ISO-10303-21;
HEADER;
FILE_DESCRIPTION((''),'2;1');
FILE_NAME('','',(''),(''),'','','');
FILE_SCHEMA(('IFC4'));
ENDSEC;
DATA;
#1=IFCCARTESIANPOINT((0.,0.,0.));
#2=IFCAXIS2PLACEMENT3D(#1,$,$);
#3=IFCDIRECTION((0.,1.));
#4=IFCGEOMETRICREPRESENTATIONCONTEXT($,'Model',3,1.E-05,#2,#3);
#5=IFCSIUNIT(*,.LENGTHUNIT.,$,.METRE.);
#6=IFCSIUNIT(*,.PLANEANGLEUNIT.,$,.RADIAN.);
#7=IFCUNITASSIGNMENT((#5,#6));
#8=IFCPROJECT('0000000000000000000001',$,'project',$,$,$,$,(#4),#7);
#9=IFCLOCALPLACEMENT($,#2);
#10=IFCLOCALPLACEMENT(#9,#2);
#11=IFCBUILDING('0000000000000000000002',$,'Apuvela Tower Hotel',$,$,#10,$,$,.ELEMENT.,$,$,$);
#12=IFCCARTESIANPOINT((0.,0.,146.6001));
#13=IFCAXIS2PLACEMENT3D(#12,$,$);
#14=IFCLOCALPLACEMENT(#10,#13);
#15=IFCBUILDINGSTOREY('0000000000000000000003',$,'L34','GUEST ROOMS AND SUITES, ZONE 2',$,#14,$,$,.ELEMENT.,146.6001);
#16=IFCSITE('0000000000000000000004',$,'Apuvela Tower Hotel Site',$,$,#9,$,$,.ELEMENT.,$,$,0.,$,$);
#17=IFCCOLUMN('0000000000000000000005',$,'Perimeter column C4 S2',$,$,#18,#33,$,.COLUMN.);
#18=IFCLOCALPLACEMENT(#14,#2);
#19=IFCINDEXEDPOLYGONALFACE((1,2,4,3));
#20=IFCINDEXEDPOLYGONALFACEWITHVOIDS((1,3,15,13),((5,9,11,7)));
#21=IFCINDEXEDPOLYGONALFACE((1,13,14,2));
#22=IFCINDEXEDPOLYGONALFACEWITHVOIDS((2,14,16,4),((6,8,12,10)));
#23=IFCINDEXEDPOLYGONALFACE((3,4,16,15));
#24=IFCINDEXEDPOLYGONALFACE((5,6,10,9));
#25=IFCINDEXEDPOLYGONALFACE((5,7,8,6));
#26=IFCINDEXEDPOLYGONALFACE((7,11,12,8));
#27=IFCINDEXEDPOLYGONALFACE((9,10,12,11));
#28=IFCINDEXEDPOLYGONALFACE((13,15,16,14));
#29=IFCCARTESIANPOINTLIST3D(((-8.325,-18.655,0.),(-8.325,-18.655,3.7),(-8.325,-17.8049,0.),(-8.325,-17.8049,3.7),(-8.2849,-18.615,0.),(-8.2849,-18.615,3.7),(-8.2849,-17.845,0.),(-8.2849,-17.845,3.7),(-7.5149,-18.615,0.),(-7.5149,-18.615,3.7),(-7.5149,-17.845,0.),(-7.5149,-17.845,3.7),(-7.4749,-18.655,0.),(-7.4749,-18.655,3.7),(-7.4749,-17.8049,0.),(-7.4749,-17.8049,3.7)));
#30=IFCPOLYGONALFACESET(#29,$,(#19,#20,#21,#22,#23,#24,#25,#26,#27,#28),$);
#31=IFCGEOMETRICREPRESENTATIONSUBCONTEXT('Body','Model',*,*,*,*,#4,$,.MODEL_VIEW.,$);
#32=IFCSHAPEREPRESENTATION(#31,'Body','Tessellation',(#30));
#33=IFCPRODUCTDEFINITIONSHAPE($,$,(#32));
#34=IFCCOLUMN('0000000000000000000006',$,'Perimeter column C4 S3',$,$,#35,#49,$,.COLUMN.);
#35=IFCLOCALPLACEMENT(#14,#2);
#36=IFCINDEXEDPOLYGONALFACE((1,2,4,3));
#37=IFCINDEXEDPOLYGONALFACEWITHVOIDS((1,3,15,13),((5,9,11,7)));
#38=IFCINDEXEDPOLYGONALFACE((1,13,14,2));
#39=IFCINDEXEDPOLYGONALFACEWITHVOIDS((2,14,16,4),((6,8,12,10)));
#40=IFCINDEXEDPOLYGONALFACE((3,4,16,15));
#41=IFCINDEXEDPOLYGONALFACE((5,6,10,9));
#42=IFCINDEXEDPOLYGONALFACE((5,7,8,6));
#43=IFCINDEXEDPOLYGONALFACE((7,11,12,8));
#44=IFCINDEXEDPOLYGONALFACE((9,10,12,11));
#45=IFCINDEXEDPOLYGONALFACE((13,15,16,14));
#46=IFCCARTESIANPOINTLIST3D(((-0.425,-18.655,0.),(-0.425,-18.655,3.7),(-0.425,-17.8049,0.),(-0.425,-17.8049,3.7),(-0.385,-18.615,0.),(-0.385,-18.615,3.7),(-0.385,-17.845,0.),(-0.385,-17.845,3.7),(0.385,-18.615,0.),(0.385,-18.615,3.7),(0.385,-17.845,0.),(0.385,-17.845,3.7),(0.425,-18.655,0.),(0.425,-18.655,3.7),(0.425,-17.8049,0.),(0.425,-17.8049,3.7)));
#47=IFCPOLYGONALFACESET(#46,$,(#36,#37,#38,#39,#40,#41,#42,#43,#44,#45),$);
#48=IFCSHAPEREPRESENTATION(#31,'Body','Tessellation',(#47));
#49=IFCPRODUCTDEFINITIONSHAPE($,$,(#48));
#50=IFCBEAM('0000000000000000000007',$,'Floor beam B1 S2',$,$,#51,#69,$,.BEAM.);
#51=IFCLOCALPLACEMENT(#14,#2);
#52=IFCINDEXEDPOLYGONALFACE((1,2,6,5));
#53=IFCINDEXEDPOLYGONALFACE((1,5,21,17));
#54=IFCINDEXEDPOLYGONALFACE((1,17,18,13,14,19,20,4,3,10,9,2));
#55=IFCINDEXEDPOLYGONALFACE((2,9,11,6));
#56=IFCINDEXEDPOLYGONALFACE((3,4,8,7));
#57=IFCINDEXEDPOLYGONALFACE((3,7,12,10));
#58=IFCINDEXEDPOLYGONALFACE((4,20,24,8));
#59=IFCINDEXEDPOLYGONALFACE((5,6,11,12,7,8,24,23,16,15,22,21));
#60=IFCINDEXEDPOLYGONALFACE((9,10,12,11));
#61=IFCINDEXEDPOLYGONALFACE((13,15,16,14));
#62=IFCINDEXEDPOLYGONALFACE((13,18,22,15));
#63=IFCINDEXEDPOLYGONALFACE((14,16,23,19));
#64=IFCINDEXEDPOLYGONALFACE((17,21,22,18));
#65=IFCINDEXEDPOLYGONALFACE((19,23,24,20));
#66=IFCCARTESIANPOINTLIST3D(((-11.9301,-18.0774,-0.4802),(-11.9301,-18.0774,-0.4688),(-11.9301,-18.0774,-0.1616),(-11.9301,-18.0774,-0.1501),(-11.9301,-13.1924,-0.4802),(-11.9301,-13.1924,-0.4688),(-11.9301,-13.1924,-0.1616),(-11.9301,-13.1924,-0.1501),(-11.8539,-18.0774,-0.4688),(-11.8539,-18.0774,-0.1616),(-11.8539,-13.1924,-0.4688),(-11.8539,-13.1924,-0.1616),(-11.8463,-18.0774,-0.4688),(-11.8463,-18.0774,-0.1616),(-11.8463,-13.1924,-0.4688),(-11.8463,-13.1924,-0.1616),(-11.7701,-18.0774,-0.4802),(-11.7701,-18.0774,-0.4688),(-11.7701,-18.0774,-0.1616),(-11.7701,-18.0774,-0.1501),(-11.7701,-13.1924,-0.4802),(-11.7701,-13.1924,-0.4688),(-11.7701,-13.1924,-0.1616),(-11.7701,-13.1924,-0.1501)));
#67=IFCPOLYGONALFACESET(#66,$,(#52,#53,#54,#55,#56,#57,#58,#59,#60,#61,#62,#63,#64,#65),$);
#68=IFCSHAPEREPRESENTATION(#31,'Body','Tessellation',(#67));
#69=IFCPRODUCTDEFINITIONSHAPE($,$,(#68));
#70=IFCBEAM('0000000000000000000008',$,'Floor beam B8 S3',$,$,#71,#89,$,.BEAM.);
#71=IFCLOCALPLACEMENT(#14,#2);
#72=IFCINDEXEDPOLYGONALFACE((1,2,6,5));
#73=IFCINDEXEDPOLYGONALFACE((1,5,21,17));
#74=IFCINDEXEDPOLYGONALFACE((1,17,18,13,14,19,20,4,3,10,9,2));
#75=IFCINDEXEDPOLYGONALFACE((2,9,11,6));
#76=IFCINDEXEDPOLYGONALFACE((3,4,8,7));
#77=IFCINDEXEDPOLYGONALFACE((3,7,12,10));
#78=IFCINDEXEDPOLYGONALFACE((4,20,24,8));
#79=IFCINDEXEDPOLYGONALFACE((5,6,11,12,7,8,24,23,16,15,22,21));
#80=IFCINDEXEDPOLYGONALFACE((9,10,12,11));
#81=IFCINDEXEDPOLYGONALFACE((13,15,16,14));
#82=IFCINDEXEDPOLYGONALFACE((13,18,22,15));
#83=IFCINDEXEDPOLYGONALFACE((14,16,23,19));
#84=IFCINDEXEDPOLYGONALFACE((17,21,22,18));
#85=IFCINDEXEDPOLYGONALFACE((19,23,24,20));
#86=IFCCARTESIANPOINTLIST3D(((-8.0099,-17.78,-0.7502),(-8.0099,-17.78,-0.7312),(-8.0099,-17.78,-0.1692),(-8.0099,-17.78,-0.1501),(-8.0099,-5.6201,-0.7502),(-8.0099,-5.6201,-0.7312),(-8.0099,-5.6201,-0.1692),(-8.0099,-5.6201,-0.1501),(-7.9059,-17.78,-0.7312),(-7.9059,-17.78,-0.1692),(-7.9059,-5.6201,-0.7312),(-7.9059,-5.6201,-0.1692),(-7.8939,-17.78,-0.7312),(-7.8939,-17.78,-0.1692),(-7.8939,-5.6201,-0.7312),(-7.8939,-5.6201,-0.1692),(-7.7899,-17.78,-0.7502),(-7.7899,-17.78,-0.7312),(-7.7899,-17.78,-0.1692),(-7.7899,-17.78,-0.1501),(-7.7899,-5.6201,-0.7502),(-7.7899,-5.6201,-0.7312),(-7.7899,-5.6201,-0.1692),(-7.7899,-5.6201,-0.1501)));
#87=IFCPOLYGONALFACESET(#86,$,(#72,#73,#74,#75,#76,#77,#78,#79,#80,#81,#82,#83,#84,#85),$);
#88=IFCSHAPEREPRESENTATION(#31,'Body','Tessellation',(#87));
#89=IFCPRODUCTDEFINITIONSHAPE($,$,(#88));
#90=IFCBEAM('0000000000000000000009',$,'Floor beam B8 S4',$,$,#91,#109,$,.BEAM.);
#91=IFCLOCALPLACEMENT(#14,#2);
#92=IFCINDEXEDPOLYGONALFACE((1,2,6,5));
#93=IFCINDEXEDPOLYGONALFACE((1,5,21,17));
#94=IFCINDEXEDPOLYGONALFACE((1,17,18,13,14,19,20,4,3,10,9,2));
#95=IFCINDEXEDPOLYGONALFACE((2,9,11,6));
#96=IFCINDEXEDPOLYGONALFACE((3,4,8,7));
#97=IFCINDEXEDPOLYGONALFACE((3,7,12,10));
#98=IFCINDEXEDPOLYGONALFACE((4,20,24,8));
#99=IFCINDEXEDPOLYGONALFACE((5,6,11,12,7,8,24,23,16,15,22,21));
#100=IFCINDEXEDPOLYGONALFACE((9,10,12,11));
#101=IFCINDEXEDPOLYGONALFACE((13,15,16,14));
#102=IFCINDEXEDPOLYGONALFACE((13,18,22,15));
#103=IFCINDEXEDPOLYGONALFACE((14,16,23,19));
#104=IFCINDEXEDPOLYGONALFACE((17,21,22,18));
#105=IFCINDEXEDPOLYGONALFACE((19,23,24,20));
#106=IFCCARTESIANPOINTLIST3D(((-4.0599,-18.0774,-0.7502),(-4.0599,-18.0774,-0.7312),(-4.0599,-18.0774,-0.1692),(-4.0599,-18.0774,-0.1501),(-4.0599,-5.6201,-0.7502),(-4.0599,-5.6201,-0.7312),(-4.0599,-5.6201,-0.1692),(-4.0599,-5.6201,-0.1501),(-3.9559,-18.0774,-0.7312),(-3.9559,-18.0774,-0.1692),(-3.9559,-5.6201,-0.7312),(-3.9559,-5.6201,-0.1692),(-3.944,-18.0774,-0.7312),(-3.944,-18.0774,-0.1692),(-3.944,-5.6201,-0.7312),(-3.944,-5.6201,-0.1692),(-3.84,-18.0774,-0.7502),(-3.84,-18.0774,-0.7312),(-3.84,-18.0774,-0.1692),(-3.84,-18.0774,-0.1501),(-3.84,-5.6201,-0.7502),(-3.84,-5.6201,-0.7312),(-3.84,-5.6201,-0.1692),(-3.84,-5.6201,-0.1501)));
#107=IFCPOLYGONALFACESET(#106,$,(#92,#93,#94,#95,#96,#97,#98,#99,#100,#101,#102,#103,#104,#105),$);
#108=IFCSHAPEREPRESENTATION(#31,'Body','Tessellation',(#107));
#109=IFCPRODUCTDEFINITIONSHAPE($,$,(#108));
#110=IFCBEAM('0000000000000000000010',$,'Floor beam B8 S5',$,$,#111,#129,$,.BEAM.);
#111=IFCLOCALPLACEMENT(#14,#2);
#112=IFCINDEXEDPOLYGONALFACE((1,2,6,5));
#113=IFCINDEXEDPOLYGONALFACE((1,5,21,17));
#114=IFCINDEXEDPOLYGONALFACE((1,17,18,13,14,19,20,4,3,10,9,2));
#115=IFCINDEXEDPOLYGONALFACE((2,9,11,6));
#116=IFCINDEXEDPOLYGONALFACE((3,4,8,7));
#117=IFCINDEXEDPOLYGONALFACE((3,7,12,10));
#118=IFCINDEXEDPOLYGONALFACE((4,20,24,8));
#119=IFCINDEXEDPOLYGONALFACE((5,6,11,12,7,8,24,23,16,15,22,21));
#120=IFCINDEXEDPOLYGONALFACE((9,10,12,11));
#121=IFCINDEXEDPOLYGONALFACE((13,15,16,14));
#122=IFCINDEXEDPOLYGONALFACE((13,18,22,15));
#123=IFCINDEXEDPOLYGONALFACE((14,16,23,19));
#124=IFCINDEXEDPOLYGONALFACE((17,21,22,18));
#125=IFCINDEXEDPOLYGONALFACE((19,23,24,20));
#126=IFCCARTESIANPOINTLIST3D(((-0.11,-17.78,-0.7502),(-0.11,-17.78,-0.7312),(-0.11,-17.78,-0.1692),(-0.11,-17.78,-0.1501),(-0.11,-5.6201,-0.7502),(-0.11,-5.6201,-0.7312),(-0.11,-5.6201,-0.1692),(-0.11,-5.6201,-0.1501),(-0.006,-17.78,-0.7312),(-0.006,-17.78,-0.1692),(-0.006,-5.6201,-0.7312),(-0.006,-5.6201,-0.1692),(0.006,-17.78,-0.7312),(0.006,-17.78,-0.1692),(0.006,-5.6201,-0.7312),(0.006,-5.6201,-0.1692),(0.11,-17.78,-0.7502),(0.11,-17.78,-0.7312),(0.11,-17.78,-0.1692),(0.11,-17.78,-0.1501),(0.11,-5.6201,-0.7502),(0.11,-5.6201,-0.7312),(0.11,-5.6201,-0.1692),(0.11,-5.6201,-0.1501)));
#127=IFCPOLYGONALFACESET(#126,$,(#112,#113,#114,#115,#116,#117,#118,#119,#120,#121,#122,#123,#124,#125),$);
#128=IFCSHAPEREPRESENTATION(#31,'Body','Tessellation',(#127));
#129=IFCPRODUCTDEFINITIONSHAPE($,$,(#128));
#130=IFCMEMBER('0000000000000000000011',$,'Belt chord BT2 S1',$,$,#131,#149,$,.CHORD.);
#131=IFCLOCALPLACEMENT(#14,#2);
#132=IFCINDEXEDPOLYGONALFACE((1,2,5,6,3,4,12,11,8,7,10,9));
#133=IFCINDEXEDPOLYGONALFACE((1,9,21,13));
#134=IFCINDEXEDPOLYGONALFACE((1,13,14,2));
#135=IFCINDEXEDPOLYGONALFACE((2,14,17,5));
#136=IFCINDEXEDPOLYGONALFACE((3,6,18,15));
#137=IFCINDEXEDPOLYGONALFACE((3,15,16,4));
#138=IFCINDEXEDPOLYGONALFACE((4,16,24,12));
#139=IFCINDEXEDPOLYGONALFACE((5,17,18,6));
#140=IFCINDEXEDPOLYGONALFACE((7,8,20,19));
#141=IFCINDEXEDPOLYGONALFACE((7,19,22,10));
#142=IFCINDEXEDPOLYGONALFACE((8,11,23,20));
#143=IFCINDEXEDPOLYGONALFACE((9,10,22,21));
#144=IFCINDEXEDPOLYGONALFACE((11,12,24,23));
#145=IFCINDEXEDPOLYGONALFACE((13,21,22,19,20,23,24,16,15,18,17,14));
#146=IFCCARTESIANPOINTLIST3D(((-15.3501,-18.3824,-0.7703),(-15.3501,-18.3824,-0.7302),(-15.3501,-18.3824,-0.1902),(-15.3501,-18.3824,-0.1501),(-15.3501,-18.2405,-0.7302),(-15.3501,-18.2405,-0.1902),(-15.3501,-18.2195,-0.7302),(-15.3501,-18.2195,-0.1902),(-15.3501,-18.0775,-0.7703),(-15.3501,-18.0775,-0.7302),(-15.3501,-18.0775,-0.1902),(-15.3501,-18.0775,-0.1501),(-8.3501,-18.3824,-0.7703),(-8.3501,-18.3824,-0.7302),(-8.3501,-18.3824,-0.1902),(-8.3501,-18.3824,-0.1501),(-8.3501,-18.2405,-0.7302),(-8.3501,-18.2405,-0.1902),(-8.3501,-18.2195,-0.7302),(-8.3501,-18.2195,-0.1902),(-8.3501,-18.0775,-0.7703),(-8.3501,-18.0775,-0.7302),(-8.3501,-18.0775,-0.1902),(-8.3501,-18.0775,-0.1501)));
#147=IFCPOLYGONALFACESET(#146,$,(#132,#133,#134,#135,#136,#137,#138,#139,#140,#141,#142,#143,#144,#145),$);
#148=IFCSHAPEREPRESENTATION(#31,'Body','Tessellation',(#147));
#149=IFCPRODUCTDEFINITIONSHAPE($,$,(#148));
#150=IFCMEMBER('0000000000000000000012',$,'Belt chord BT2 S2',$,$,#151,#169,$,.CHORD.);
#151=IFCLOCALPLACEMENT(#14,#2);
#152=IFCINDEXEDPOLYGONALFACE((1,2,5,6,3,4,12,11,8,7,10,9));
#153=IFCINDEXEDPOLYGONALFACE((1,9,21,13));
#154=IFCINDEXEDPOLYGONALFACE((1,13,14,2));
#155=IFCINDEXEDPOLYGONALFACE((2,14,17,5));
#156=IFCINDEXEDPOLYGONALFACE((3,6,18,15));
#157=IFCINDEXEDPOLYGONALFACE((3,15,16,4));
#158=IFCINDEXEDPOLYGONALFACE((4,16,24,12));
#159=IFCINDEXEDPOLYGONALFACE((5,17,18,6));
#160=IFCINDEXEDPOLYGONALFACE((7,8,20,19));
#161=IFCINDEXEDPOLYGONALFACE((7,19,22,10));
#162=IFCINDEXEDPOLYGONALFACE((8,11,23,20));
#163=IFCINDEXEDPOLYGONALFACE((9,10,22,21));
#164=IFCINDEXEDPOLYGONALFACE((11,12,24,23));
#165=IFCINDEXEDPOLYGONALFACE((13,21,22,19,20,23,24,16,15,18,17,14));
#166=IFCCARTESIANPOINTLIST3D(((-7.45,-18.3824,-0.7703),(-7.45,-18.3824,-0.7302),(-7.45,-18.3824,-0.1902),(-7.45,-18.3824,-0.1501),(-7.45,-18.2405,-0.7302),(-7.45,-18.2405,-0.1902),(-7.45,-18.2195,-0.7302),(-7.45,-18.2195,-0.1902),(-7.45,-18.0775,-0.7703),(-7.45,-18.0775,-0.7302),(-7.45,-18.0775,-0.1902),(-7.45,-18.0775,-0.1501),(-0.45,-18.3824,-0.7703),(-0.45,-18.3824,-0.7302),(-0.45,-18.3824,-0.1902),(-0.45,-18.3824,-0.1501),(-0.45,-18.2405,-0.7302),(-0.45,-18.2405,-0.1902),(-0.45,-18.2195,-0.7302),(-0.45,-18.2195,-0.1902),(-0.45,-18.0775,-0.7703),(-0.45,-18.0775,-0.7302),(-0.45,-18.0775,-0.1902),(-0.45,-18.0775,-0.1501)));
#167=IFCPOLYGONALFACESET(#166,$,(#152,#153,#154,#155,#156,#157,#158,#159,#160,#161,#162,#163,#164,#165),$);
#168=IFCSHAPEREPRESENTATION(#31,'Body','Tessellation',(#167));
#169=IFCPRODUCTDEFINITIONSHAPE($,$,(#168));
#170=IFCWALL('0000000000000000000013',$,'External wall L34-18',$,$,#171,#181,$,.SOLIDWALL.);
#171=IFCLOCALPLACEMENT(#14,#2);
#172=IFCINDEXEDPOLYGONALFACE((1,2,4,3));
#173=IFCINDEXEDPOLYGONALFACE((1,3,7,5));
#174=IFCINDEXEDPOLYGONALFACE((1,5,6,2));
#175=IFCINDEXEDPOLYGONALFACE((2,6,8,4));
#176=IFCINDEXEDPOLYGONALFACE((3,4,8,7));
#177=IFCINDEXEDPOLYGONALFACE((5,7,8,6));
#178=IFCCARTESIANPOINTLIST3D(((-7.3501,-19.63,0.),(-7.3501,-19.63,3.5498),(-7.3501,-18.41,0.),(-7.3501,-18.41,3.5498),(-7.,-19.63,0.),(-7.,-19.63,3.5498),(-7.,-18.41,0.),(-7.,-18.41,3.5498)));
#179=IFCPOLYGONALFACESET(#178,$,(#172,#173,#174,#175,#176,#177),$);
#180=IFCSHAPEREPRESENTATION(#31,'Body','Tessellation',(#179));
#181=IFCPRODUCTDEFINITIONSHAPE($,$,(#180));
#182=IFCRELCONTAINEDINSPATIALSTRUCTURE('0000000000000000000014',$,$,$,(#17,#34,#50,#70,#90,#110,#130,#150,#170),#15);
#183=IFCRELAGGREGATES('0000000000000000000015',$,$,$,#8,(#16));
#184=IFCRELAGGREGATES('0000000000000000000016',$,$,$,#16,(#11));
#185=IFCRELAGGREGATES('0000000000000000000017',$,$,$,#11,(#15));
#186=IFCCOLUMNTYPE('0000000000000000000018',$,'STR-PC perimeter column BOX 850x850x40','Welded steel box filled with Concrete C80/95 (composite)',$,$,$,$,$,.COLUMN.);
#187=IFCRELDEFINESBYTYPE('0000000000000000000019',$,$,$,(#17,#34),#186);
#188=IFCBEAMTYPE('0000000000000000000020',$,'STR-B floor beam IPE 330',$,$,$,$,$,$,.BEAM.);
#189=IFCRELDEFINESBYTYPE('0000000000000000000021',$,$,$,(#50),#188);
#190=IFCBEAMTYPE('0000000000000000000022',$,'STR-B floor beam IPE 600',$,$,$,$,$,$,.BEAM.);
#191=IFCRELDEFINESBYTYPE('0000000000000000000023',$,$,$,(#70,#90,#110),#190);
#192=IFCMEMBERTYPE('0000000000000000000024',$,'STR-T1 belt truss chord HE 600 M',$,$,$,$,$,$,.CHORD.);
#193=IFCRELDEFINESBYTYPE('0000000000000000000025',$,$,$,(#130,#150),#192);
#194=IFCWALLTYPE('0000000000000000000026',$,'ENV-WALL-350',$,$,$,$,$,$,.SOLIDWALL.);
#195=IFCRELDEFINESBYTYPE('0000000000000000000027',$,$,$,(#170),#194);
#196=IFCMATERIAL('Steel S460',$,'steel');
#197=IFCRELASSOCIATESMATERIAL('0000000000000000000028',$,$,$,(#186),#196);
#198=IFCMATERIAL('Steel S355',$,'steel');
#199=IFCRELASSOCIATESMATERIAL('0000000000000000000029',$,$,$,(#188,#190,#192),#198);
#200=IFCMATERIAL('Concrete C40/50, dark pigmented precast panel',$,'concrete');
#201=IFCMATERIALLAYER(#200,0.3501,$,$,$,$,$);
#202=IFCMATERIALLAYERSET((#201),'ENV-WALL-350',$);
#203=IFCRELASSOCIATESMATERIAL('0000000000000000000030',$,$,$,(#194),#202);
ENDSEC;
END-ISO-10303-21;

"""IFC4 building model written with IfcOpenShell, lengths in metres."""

from ifc_helpers import new_model, si_unit, direction, frame, frame_2d, origin, origin_2d, place, context, subcontext, project, spatial, rectangle, hollow_rectangle, i_section, extrude, material, layer, layer_set, material_profile, profile_set, type_object, element, save


model = new_model("IFC4")

# Units and contexts
model_context = context("Model", 3, precision=1e-05, world=origin(), true_north=direction((0.0, 1.0)))
body_context = subcontext(model_context, "Body", "Model", "MODEL_VIEW")
ifc_project = project(units=[si_unit("LENGTHUNIT", "METRE"), si_unit("PLANEANGLEUNIT", "RADIAN")], contexts=[model_context])

# Site, building, storey
site_placement = place(None, origin())
site = spatial("IfcSite", under=ifc_project, at=site_placement, Name="Apuvela Tower Hotel Site", CompositionType="ELEMENT", RefElevation=0.0)
building_placement = place(site_placement, origin())
building = spatial("IfcBuilding", under=site, at=building_placement, Name="Apuvela Tower Hotel", CompositionType="ELEMENT")
storey_placement = place(building_placement, frame((0.0, 0.0, 146.6001)))
storey = spatial("IfcBuildingStorey", under=building, at=storey_placement, Name="L34", Description="GUEST ROOMS AND SUITES, ZONE 2", CompositionType="ELEMENT", Elevation=146.6001)

# Columns
ifc_material_1 = material(Name="Steel S460", Category="steel")
ifc_material_profile_1 = material_profile(ifc_material_1, hollow_rectangle(XDim=0.8501, YDim=0.8501, WallThickness=0.04, at=origin_2d()), Name="BOX 850x850x40")
ifc_material_2 = material(Name="Concrete C80/95", Category="concrete")
ifc_material_profile_2 = material_profile(ifc_material_2, rectangle(XDim=0.77, YDim=0.77, at=origin_2d()), Name="Concrete C80/95 infill")
ifc_profile_set_1 = profile_set([ifc_material_profile_1, ifc_material_profile_2], Name="Steel S460")
column_type = type_object("IfcColumnType", Name="STR-PC perimeter column BOX 850x850x40", Description="Welded steel box filled with Concrete C80/95 (composite)", PredefinedType="COLUMN", material=ifc_profile_set_1)
for number, where, z_axis, x_axis, name in (
    (1, (-7.8999, -18.23, 0.0), (0.0, 0.0, 1.0), (-1.0, 0.0, 0.0), "Perimeter column C4 S2"),
    (2, (0.0, -18.23, 0.0), (0.0, 0.0, 1.0), (-1.0, 0.0, 0.0), "Perimeter column C4 S3"),
):
    element("IfcColumn", number, at=place(storey_placement, frame(where, z_axis=z_axis, x_axis=x_axis)), inside=storey, type_object=column_type, Name=name, PredefinedType="COLUMN", context=body_context, shape_type="SweptSolid", body=[
        extrude(hollow_rectangle(XDim=0.8501, YDim=0.8501, WallThickness=0.04, at=origin_2d()), origin(), (0.0, 0.0, 1.0), 3.7),
    ])

# Beams
ifc_material_3 = material(Name="Steel S355", Category="steel")
ifc_material_profile_3 = material_profile(ifc_material_3, i_section(OverallWidth=0.1599, OverallDepth=0.3301, WebThickness=0.0076, FlangeThickness=0.0115, at=origin_2d()), Name="IPE 330")
ifc_profile_set_2 = profile_set([ifc_material_profile_3], Name="Steel S355")
beam_type_1 = type_object("IfcBeamType", Name="STR-B floor beam IPE 330", PredefinedType="BEAM", material=ifc_profile_set_2)
beam_1_placement = place(storey_placement, frame((-11.8501, -18.0774, -0.3152), z_axis=(0.0, 1.0, 0.0), x_axis=(-1.0, 0.0, 0.0)))
element("IfcBeam", 3, at=beam_1_placement, inside=storey, type_object=beam_type_1, Name="Floor beam B1 S2", PredefinedType="BEAM", context=body_context, shape_type="SweptSolid", body=[
    extrude(i_section(OverallWidth=0.1599, OverallDepth=0.3301, WebThickness=0.0076, FlangeThickness=0.0115, at=origin_2d()), origin(), (0.0, 0.0, 1.0), 4.885),
])
ifc_material_profile_4 = material_profile(ifc_material_3, i_section(OverallWidth=0.22, OverallDepth=0.6001, WebThickness=0.012, FlangeThickness=0.019, at=origin_2d()), Name="IPE 600")
ifc_profile_set_3 = profile_set([ifc_material_profile_4], Name="Steel S355")
beam_type_2 = type_object("IfcBeamType", Name="STR-B floor beam IPE 600", PredefinedType="BEAM", material=ifc_profile_set_3)
beam_2_placement = place(storey_placement, frame((-7.8999, -17.78, -0.4502), z_axis=(0.0, 1.0, 0.0), x_axis=(-1.0, 0.0, 0.0)))
element("IfcBeam", 4, at=beam_2_placement, inside=storey, type_object=beam_type_2, Name="Floor beam B8 S3", PredefinedType="BEAM", context=body_context, shape_type="SweptSolid", body=[
    extrude(i_section(OverallWidth=0.22, OverallDepth=0.6001, WebThickness=0.012, FlangeThickness=0.019, at=origin_2d()), origin(), (0.0, 0.0, 1.0), 12.1599),
])
beam_3_placement = place(storey_placement, frame((-3.95, -18.0774, -0.4502), z_axis=(0.0, 1.0, 0.0), x_axis=(-1.0, 0.0, 0.0)))
element("IfcBeam", 5, at=beam_3_placement, inside=storey, type_object=beam_type_2, Name="Floor beam B8 S4", PredefinedType="BEAM", context=body_context, shape_type="SweptSolid", body=[
    extrude(i_section(OverallWidth=0.22, OverallDepth=0.6001, WebThickness=0.012, FlangeThickness=0.019, at=origin_2d()), origin(), (0.0, 0.0, 1.0), 12.4573),
])
beam_4_placement = place(storey_placement, frame((0.0, -17.78, -0.4502), z_axis=(0.0, 1.0, 0.0), x_axis=(-1.0, 0.0, 0.0)))
element("IfcBeam", 6, at=beam_4_placement, inside=storey, type_object=beam_type_2, Name="Floor beam B8 S5", PredefinedType="BEAM", context=body_context, shape_type="SweptSolid", body=[
    extrude(i_section(OverallWidth=0.22, OverallDepth=0.6001, WebThickness=0.012, FlangeThickness=0.019, at=origin_2d()), origin(), (0.0, 0.0, 1.0), 12.1599),
])

# Members
ifc_material_profile_5 = material_profile(ifc_material_3, i_section(OverallWidth=0.3049, OverallDepth=0.6201, WebThickness=0.021, FlangeThickness=0.04, at=origin_2d()), Name="HE 600 M")
ifc_profile_set_4 = profile_set([ifc_material_profile_5], Name="Steel S355")
member_type = type_object("IfcMemberType", Name="STR-T1 belt truss chord HE 600 M", PredefinedType="CHORD", material=ifc_profile_set_4)
for number, where, z_axis, x_axis, name in (
    (7, (-15.3501, -18.23, -0.4602), (1.0, 0.0, 0.0), (0.0, 1.0, 0.0), "Belt chord BT2 S1"),
    (8, (-7.45, -18.23, -0.4602), (1.0, 0.0, 0.0), (0.0, 1.0, 0.0), "Belt chord BT2 S2"),
):
    element("IfcMember", number, at=place(storey_placement, frame(where, z_axis=z_axis, x_axis=x_axis)), inside=storey, type_object=member_type, Name=name, PredefinedType="CHORD", context=body_context, shape_type="SweptSolid", body=[
        extrude(i_section(OverallWidth=0.3049, OverallDepth=0.6201, WebThickness=0.021, FlangeThickness=0.04, at=origin_2d()), origin(), (0.0, 0.0, 1.0), 7.0),
    ])

# Wall
ifc_material_4 = material(Name="Concrete C40/50, dark pigmented precast panel", Category="concrete")
ifc_layer_1 = layer(ifc_material_4, 0.3501)
ifc_layer_set_1 = layer_set([ifc_layer_1], Name="ENV-WALL-350")
wall_type_1 = type_object("IfcWallType", Name="ENV-WALL-350", PredefinedType="SOLIDWALL", material=ifc_layer_set_1)
wall_1_placement = place(storey_placement, frame((-7.175, -19.6299, 0.0), z_axis=(0.0, 0.0, 1.0), x_axis=(0.0, 1.0, 0.0)))
element("IfcWall", 9, at=wall_1_placement, inside=storey, type_object=wall_type_1, Name="External wall L34-18", PredefinedType="SOLIDWALL", context=body_context, shape_type="SweptSolid", body=[
    extrude(rectangle(XDim=1.22, YDim=0.3501, at=frame_2d((0.6099, 0.0))), origin(), (0.0, 0.0, 1.0), 3.5498),
])

save(model, "model.ifc")
